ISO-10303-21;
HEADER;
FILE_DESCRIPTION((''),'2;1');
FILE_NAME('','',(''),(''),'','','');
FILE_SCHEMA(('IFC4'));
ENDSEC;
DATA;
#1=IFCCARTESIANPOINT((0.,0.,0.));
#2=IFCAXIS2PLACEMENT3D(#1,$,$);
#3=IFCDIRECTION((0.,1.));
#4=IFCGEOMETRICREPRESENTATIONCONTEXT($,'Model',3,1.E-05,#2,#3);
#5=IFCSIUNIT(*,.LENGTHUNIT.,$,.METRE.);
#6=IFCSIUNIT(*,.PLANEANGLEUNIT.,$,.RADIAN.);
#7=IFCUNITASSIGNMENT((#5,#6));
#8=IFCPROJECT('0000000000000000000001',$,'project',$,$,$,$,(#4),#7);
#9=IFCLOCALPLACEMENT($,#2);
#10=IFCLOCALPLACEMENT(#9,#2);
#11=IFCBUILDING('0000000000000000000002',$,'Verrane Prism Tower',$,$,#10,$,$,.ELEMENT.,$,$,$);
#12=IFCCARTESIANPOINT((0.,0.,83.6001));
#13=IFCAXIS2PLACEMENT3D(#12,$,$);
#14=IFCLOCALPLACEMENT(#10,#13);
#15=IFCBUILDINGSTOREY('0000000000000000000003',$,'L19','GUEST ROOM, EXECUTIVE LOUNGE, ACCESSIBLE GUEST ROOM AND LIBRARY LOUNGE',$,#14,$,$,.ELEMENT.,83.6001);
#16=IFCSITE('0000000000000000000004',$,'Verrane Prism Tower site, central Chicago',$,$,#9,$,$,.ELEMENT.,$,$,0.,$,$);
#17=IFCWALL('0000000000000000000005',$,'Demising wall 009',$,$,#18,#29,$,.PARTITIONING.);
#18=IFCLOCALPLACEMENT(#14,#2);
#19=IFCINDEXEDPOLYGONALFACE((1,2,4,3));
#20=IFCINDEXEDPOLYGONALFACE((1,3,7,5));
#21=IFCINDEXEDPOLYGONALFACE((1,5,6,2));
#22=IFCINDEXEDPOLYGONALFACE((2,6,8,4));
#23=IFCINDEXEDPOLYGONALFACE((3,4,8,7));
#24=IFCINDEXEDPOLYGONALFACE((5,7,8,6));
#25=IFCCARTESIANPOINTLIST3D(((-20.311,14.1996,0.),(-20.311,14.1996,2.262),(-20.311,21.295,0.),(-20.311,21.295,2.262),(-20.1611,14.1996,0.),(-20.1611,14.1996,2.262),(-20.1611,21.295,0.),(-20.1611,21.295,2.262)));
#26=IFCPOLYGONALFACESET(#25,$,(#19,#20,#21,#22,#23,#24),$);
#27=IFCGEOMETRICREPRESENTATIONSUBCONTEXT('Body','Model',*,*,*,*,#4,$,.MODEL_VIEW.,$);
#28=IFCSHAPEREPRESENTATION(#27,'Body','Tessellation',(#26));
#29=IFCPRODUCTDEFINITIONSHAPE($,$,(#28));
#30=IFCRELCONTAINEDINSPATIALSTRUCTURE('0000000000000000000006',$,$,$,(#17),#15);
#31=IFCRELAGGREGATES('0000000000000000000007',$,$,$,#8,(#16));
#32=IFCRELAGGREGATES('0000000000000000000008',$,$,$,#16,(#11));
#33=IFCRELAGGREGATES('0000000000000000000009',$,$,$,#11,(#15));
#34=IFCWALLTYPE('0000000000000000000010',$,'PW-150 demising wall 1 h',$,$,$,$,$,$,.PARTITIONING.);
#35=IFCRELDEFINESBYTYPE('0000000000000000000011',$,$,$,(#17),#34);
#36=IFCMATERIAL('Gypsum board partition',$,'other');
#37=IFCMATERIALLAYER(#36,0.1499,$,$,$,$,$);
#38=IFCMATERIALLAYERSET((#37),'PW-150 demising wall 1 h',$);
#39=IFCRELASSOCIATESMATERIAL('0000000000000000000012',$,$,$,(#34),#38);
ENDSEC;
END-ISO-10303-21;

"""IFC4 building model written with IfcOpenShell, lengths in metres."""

from ifc_helpers import new_model, si_unit, direction, frame, frame_2d, origin, place, context, subcontext, project, spatial, rectangle, extrude, material, layer, layer_set, type_object, element, save


model = new_model("IFC4")

# Units and contexts
model_context = context("Model", 3, precision=1e-05, world=origin(), true_north=direction((0.0, 1.0)))
body_context = subcontext(model_context, "Body", "Model", "MODEL_VIEW")
ifc_project = project(units=[si_unit("LENGTHUNIT", "METRE"), si_unit("PLANEANGLEUNIT", "RADIAN")], contexts=[model_context])

# Site, building, storey
site_placement = place(None, origin())
site = spatial("IfcSite", under=ifc_project, at=site_placement, Name="Verrane Prism Tower site, central Chicago", CompositionType="ELEMENT", RefElevation=0.0)
building_placement = place(site_placement, origin())
building = spatial("IfcBuilding", under=site, at=building_placement, Name="Verrane Prism Tower", CompositionType="ELEMENT")
storey_placement = place(building_placement, frame((0.0, 0.0, 83.6001)))
storey = spatial("IfcBuildingStorey", under=building, at=storey_placement, Name="L19", Description="GUEST ROOM, EXECUTIVE LOUNGE, ACCESSIBLE GUEST ROOM AND LIBRARY LOUNGE", CompositionType="ELEMENT", Elevation=83.6001)

# Wall
ifc_material_1 = material(Name="Gypsum board partition", Category="other")
ifc_layer_1 = layer(ifc_material_1, 0.1499)
ifc_layer_set_1 = layer_set([ifc_layer_1], Name="PW-150 demising wall 1 h")
wall_type_1 = type_object("IfcWallType", Name="PW-150 demising wall 1 h", PredefinedType="PARTITIONING", material=ifc_layer_set_1)
wall_1_placement = place(storey_placement, frame((-20.2361, 14.1995, 0.0), z_axis=(0.0, 0.0, 1.0), x_axis=(0.0, 1.0, 0.0)))
element("IfcWall", 1, at=wall_1_placement, inside=storey, type_object=wall_type_1, Name="Demising wall 009", PredefinedType="PARTITIONING", context=body_context, shape_type="SweptSolid", body=[
    extrude(rectangle(XDim=7.0955, YDim=0.1499, at=frame_2d((3.5479, 0.0))), origin(), (0.0, 0.0, 1.0), 2.262),
])

save(model, "model.ifc")
